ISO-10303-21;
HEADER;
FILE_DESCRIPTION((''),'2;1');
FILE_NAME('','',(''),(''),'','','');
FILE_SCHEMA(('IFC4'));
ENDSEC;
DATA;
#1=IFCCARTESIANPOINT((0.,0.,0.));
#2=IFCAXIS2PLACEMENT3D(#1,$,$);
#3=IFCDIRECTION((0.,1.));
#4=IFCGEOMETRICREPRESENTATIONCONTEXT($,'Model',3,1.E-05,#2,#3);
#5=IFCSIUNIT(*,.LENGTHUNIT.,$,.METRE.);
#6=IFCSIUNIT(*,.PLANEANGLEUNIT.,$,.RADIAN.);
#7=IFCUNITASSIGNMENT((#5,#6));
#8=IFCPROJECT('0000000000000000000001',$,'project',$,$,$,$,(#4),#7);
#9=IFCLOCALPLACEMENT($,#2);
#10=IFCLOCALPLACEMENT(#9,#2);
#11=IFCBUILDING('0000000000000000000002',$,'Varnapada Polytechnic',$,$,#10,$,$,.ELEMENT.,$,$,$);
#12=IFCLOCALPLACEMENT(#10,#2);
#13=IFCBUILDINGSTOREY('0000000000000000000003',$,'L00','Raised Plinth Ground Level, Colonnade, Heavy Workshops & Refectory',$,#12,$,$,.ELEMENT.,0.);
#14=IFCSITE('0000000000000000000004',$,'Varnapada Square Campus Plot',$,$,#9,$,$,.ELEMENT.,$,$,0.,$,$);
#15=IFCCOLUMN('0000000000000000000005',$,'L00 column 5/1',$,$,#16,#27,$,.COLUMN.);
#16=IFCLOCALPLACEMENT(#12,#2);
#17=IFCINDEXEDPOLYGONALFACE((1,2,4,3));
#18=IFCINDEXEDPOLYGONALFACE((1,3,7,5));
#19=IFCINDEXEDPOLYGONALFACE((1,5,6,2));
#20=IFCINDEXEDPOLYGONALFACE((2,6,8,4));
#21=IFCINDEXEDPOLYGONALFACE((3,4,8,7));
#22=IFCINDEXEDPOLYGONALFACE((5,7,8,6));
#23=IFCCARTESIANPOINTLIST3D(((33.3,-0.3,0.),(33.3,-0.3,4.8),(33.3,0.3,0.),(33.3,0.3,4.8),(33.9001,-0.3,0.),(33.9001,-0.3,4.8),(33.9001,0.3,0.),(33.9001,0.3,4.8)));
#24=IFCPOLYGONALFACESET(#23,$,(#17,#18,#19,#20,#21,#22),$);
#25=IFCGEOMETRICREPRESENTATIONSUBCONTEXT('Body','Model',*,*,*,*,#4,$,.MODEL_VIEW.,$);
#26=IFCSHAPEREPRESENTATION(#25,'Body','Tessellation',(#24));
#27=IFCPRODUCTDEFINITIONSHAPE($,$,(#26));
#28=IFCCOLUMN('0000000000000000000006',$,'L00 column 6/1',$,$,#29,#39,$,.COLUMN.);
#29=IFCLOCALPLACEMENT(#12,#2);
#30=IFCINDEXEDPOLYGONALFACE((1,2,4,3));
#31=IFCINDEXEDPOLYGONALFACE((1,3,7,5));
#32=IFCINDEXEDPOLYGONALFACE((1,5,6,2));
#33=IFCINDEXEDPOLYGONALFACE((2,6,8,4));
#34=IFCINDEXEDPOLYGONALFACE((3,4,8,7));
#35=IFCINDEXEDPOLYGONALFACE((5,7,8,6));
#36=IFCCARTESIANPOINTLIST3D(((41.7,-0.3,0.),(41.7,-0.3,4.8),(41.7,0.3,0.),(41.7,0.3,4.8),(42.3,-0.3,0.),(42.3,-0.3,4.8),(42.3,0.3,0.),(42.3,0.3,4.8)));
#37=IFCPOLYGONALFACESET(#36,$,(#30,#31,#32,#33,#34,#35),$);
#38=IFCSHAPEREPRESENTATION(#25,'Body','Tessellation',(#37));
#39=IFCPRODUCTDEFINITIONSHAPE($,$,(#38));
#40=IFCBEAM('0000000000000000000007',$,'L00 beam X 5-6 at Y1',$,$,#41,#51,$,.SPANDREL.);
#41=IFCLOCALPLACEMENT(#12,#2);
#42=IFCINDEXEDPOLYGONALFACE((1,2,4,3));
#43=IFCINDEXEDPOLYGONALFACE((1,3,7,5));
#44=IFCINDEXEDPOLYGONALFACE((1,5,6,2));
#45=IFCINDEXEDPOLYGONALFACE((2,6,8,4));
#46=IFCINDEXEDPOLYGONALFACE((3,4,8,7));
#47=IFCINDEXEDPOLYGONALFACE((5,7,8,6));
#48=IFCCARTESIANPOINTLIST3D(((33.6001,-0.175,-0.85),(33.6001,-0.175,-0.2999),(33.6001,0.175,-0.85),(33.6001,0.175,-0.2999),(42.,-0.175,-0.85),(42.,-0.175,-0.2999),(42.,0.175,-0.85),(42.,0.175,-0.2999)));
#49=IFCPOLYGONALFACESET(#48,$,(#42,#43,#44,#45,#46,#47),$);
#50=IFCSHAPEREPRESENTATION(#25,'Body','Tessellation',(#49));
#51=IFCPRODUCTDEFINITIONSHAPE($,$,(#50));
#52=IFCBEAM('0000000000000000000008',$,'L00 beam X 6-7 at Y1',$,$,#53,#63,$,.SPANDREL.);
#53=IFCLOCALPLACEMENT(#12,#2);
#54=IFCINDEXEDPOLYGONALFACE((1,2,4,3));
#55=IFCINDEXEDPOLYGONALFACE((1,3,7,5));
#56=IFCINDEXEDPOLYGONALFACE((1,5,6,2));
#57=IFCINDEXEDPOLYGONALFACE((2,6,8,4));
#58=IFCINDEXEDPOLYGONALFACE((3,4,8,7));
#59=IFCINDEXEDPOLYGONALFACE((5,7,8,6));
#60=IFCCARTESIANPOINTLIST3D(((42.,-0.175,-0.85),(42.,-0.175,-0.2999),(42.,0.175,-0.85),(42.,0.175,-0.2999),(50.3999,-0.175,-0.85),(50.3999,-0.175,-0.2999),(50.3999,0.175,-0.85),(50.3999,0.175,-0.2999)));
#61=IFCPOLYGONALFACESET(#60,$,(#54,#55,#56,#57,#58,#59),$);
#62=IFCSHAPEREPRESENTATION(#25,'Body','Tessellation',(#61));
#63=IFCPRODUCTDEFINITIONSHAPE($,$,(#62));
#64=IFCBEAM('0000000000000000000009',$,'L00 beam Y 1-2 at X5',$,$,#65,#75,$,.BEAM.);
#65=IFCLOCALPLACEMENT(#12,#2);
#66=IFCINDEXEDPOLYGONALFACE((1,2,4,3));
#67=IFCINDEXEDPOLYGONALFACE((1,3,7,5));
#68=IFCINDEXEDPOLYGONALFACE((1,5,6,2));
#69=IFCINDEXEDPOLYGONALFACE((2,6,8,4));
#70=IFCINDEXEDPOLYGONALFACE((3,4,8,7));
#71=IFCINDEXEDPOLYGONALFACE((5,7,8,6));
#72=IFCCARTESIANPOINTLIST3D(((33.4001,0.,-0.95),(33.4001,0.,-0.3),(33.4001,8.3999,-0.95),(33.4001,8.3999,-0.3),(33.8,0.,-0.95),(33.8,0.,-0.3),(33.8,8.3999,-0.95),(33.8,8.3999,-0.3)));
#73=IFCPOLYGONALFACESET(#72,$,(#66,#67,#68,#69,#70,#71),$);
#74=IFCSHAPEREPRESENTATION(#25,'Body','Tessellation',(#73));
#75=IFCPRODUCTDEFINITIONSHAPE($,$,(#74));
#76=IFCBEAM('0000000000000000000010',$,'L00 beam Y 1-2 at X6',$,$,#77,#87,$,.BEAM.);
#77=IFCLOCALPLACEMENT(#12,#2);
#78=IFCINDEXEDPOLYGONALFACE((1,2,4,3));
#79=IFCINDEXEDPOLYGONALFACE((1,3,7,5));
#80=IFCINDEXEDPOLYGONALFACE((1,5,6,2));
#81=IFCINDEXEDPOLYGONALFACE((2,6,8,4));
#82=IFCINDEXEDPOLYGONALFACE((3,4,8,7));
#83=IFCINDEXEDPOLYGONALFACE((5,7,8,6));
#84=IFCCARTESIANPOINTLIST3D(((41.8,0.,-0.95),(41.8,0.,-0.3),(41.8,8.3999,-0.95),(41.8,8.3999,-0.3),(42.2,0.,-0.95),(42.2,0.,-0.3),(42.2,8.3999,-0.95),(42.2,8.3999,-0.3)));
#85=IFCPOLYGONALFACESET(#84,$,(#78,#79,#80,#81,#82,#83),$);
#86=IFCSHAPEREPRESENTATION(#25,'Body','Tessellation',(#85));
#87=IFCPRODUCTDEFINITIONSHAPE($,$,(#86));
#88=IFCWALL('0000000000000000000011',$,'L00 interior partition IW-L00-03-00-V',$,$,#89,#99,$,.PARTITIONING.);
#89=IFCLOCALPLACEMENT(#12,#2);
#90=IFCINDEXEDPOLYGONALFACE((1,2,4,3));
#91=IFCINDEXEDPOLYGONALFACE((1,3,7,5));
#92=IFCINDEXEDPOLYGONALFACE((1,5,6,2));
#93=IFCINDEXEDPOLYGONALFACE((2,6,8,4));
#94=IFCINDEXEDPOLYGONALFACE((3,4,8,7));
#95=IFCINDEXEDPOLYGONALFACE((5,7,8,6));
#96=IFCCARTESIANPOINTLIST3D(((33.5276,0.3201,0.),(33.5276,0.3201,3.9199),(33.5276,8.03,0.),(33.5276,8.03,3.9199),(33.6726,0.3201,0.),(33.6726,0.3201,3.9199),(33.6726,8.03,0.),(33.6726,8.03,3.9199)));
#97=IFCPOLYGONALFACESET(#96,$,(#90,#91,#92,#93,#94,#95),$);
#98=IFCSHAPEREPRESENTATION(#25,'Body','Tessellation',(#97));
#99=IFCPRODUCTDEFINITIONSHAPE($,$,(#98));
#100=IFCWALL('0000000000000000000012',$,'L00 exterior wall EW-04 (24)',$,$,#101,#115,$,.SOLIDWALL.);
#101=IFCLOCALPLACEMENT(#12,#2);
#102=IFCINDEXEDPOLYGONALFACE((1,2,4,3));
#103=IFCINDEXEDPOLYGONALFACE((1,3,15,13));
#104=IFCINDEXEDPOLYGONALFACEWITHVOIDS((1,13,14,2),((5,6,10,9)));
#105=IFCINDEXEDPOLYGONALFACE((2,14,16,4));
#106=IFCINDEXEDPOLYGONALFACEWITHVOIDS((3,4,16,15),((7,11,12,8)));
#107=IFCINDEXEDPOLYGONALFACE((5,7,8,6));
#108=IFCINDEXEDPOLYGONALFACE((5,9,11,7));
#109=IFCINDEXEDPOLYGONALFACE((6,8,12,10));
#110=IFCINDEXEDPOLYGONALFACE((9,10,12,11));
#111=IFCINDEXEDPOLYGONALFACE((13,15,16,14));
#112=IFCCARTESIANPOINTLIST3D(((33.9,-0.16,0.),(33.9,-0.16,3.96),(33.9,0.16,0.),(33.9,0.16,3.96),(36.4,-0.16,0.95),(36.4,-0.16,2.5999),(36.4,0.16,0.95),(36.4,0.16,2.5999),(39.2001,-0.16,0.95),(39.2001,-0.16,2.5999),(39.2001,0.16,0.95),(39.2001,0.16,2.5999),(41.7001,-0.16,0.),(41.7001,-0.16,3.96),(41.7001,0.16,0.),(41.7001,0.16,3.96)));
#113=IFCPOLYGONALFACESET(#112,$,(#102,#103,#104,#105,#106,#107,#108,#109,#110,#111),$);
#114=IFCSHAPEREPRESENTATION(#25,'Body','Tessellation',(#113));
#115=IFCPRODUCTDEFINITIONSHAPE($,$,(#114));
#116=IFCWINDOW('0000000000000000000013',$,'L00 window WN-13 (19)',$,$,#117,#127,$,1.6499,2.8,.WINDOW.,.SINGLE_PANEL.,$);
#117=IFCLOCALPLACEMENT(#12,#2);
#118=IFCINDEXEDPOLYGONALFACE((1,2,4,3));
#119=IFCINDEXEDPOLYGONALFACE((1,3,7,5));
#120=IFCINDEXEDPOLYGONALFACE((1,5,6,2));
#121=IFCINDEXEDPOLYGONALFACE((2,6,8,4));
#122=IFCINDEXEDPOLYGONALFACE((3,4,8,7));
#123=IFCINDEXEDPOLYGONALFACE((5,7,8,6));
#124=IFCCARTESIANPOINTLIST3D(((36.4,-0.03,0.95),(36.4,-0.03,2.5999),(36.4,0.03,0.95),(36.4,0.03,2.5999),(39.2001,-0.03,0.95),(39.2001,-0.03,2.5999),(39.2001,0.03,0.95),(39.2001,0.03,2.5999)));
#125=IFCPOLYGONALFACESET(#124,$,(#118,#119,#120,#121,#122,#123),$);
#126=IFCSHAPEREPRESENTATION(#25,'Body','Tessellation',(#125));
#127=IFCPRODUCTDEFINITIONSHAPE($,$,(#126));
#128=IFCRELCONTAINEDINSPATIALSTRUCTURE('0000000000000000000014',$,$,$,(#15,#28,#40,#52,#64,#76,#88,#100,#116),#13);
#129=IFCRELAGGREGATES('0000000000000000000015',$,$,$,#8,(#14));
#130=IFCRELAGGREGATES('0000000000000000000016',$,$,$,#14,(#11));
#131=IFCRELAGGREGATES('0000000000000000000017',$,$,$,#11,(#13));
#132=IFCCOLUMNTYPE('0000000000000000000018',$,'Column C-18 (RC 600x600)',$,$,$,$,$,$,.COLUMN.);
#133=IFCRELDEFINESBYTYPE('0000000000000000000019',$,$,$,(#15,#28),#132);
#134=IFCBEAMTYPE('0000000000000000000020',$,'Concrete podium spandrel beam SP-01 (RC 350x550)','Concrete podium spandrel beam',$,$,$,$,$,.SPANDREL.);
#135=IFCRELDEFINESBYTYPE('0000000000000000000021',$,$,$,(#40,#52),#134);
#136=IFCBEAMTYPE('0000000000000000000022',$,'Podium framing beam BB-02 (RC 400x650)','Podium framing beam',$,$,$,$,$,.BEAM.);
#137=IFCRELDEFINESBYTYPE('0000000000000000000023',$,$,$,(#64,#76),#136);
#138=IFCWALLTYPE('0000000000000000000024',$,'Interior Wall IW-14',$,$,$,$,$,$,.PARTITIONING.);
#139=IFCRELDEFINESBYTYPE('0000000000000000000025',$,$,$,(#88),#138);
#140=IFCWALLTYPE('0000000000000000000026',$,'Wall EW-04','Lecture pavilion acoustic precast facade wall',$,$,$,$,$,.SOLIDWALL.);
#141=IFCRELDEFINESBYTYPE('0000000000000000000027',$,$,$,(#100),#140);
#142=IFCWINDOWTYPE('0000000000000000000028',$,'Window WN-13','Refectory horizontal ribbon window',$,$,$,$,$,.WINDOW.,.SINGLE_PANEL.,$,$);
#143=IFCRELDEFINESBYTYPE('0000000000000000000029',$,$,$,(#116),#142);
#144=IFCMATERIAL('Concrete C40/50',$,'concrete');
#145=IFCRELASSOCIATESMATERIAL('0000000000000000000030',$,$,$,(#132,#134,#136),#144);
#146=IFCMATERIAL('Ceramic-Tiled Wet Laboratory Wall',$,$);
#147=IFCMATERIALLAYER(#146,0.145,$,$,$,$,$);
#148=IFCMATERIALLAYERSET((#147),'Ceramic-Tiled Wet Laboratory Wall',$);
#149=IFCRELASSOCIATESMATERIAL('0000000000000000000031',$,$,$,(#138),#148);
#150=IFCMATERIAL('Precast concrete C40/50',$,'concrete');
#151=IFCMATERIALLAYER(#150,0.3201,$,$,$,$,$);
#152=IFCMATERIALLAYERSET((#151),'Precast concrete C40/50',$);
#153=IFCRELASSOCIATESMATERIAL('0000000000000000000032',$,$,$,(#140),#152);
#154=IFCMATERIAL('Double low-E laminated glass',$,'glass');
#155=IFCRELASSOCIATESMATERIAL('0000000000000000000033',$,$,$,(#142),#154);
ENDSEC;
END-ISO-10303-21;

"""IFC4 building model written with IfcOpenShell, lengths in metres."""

from ifc_helpers import new_model, si_unit, direction, frame, frame_2d, origin, origin_2d, place, context, subcontext, project, spatial, rectangle, extrude, material, layer, layer_set, material_profile, profile_set, type_object, element, fill, save


model = new_model("IFC4")

# Units and contexts
model_context = context("Model", 3, precision=1e-05, world=origin(), true_north=direction((0.0, 1.0)))
body_context = subcontext(model_context, "Body", "Model", "MODEL_VIEW")
ifc_project = project(units=[si_unit("LENGTHUNIT", "METRE"), si_unit("PLANEANGLEUNIT", "RADIAN")], contexts=[model_context])

# Site, building, storey
site_placement = place(None, origin())
site = spatial("IfcSite", under=ifc_project, at=site_placement, Name="Varnapada Square Campus Plot", CompositionType="ELEMENT", RefElevation=0.0)
building_placement = place(site_placement, origin())
building = spatial("IfcBuilding", under=site, at=building_placement, Name="Varnapada Polytechnic", CompositionType="ELEMENT")
storey_placement = place(building_placement, origin())
storey = spatial("IfcBuildingStorey", under=building, at=storey_placement, Name="L00", Description="Raised Plinth Ground Level, Colonnade, Heavy Workshops & Refectory", CompositionType="ELEMENT", Elevation=0.0)

# Columns
ifc_material_1 = material(Name="Concrete C40/50", Category="concrete")
ifc_material_profile_1 = material_profile(ifc_material_1, rectangle(XDim=0.6001, YDim=0.6001, at=origin_2d()), Name="RC 600x600")
ifc_profile_set_1 = profile_set([ifc_material_profile_1], Name="Concrete C40/50")
column_type = type_object("IfcColumnType", Name="Column C-18 (RC 600x600)", PredefinedType="COLUMN", material=ifc_profile_set_1)
for number, where, z_axis, x_axis, name in (
    (1, (33.6001, 0.0, 0.0), (0.0, 0.0, 1.0), (1.0, 0.0, 0.0), "L00 column 5/1"),
    (2, (42.0, 0.0, 0.0), (0.0, 0.0, 1.0), (1.0, 0.0, 0.0), "L00 column 6/1"),
):
    element("IfcColumn", number, at=place(storey_placement, frame(where, z_axis=z_axis, x_axis=x_axis)), inside=storey, type_object=column_type, Name=name, PredefinedType="COLUMN", context=body_context, shape_type="SweptSolid", body=[
        extrude(rectangle(XDim=0.6001, YDim=0.6001, at=origin_2d()), origin(), (0.0, 0.0, 1.0), 4.8),
    ])

# Beams
ifc_material_profile_2 = material_profile(ifc_material_1, rectangle(XDim=0.3501, YDim=0.55, at=origin_2d()), Name="RC 350x550")
ifc_profile_set_2 = profile_set([ifc_material_profile_2], Name="Concrete C40/50")
beam_type_1 = type_object("IfcBeamType", Name="Concrete podium spandrel beam SP-01 (RC 350x550)", Description="Concrete podium spandrel beam", PredefinedType="SPANDREL", material=ifc_profile_set_2)
for number, where, z_axis, x_axis, name in (
    (3, (33.6001, 0.0, -0.575), (1.0, 0.0, 0.0), (0.0, 1.0, 0.0), "L00 beam X 5-6 at Y1"),
    (4, (42.0, 0.0, -0.575), (1.0, 0.0, 0.0), (0.0, 1.0, 0.0), "L00 beam X 6-7 at Y1"),
):
    element("IfcBeam", number, at=place(storey_placement, frame(where, z_axis=z_axis, x_axis=x_axis)), inside=storey, type_object=beam_type_1, Name=name, PredefinedType="SPANDREL", context=body_context, shape_type="SweptSolid", body=[
        extrude(rectangle(XDim=0.3501, YDim=0.55, at=origin_2d()), origin(), (0.0, 0.0, 1.0), 8.3999),
    ])
ifc_material_profile_3 = material_profile(ifc_material_1, rectangle(XDim=0.3999, YDim=0.6499, at=origin_2d()), Name="RC 400x650")
ifc_profile_set_3 = profile_set([ifc_material_profile_3], Name="Concrete C40/50")
beam_type_2 = type_object("IfcBeamType", Name="Podium framing beam BB-02 (RC 400x650)", Description="Podium framing beam", PredefinedType="BEAM", material=ifc_profile_set_3)
for number, where, z_axis, x_axis, name in (
    (5, (33.6001, 0.0, -0.625), (0.0, 1.0, 0.0), (-1.0, 0.0, 0.0), "L00 beam Y 1-2 at X5"),
    (6, (42.0, 0.0, -0.625), (0.0, 1.0, 0.0), (-1.0, 0.0, 0.0), "L00 beam Y 1-2 at X6"),
):
    element("IfcBeam", number, at=place(storey_placement, frame(where, z_axis=z_axis, x_axis=x_axis)), inside=storey, type_object=beam_type_2, Name=name, PredefinedType="BEAM", context=body_context, shape_type="SweptSolid", body=[
        extrude(rectangle(XDim=0.3999, YDim=0.6499, at=origin_2d()), origin(), (0.0, 0.0, 1.0), 8.3999),
    ])

# Wall
ifc_material_2 = material(Name="Ceramic-Tiled Wet Laboratory Wall")
ifc_layer_1 = layer(ifc_material_2, 0.145)
ifc_layer_set_1 = layer_set([ifc_layer_1], Name="Ceramic-Tiled Wet Laboratory Wall")
wall_type_1 = type_object("IfcWallType", Name="Interior Wall IW-14", PredefinedType="PARTITIONING", material=ifc_layer_set_1)
wall_1_placement = place(storey_placement, frame((33.6001, 0.3201, 0.0), z_axis=(0.0, 0.0, 1.0), x_axis=(0.0, 1.0, 0.0)))
element("IfcWall", 7, at=wall_1_placement, inside=storey, type_object=wall_type_1, Name="L00 interior partition IW-L00-03-00-V", PredefinedType="PARTITIONING", context=body_context, shape_type="SweptSolid", body=[
    extrude(rectangle(XDim=7.71, YDim=0.145, at=frame_2d((3.855, 0.0))), origin(), (0.0, 0.0, 1.0), 3.9199),
])

# Wall, opening, window
ifc_material_3 = material(Name="Precast concrete C40/50", Category="concrete")
ifc_layer_2 = layer(ifc_material_3, 0.3201)
ifc_layer_set_2 = layer_set([ifc_layer_2], Name="Precast concrete C40/50")
wall_type_2 = type_object("IfcWallType", Name="Wall EW-04", Description="Lecture pavilion acoustic precast facade wall", PredefinedType="SOLIDWALL", material=ifc_layer_set_2)
wall_2_placement = place(storey_placement, frame((41.7, 0.0, 0.0), z_axis=(0.0, 0.0, 1.0), x_axis=(-1.0, 0.0, 0.0)))
wall_2 = element("IfcWall", 8, at=wall_2_placement, inside=storey, type_object=wall_type_2, Name="L00 exterior wall EW-04 (24)", PredefinedType="SOLIDWALL", context=body_context, shape_type="SweptSolid", body=[
    extrude(rectangle(XDim=7.8, YDim=0.3201, at=frame_2d((3.8999, 0.0))), origin(), (0.0, 0.0, 1.0), 3.96),
])
opening_1_placement = place(wall_2_placement, frame((2.5, 0.0, 0.95)))
opening_1 = element("IfcOpeningElement", 9, at=opening_1_placement, cuts=wall_2, PredefinedType="OPENING", context=body_context, shape_type="SweptSolid", body=[
    extrude(rectangle(XDim=2.8, YDim=1.6499, at=frame_2d((1.3999, 0.825))), frame((0.0, 0.1699, 0.0), z_axis=(0.0, -1.0, 0.0), x_axis=(1.0, 0.0, 0.0)), (0.0, 0.0, 1.0), 0.3401),
])
ifc_material_4 = material(Name="Double low-E laminated glass", Category="glass")
window_type = type_object("IfcWindowType", Name="Window WN-13", Description="Refectory horizontal ribbon window", PartitioningType="SINGLE_PANEL", PredefinedType="WINDOW", material=ifc_material_4)
window_placement = place(opening_1_placement, origin())
window = element("IfcWindow", 10, at=window_placement, inside=storey, type_object=window_type, Name="L00 window WN-13 (19)", OverallHeight=1.6499, OverallWidth=2.8, PartitioningType="SINGLE_PANEL", PredefinedType="WINDOW", context=body_context, shape_type="SweptSolid", body=[
    extrude(rectangle(XDim=2.8, YDim=1.6499, at=frame_2d((1.3999, 0.825))), frame((0.0, 0.03, 0.0), z_axis=(0.0, -1.0, 0.0), x_axis=(1.0, 0.0, 0.0)), (0.0, 0.0, 1.0), 0.0601),
])
fill(opening_1, window)

save(model, "model.ifc")
